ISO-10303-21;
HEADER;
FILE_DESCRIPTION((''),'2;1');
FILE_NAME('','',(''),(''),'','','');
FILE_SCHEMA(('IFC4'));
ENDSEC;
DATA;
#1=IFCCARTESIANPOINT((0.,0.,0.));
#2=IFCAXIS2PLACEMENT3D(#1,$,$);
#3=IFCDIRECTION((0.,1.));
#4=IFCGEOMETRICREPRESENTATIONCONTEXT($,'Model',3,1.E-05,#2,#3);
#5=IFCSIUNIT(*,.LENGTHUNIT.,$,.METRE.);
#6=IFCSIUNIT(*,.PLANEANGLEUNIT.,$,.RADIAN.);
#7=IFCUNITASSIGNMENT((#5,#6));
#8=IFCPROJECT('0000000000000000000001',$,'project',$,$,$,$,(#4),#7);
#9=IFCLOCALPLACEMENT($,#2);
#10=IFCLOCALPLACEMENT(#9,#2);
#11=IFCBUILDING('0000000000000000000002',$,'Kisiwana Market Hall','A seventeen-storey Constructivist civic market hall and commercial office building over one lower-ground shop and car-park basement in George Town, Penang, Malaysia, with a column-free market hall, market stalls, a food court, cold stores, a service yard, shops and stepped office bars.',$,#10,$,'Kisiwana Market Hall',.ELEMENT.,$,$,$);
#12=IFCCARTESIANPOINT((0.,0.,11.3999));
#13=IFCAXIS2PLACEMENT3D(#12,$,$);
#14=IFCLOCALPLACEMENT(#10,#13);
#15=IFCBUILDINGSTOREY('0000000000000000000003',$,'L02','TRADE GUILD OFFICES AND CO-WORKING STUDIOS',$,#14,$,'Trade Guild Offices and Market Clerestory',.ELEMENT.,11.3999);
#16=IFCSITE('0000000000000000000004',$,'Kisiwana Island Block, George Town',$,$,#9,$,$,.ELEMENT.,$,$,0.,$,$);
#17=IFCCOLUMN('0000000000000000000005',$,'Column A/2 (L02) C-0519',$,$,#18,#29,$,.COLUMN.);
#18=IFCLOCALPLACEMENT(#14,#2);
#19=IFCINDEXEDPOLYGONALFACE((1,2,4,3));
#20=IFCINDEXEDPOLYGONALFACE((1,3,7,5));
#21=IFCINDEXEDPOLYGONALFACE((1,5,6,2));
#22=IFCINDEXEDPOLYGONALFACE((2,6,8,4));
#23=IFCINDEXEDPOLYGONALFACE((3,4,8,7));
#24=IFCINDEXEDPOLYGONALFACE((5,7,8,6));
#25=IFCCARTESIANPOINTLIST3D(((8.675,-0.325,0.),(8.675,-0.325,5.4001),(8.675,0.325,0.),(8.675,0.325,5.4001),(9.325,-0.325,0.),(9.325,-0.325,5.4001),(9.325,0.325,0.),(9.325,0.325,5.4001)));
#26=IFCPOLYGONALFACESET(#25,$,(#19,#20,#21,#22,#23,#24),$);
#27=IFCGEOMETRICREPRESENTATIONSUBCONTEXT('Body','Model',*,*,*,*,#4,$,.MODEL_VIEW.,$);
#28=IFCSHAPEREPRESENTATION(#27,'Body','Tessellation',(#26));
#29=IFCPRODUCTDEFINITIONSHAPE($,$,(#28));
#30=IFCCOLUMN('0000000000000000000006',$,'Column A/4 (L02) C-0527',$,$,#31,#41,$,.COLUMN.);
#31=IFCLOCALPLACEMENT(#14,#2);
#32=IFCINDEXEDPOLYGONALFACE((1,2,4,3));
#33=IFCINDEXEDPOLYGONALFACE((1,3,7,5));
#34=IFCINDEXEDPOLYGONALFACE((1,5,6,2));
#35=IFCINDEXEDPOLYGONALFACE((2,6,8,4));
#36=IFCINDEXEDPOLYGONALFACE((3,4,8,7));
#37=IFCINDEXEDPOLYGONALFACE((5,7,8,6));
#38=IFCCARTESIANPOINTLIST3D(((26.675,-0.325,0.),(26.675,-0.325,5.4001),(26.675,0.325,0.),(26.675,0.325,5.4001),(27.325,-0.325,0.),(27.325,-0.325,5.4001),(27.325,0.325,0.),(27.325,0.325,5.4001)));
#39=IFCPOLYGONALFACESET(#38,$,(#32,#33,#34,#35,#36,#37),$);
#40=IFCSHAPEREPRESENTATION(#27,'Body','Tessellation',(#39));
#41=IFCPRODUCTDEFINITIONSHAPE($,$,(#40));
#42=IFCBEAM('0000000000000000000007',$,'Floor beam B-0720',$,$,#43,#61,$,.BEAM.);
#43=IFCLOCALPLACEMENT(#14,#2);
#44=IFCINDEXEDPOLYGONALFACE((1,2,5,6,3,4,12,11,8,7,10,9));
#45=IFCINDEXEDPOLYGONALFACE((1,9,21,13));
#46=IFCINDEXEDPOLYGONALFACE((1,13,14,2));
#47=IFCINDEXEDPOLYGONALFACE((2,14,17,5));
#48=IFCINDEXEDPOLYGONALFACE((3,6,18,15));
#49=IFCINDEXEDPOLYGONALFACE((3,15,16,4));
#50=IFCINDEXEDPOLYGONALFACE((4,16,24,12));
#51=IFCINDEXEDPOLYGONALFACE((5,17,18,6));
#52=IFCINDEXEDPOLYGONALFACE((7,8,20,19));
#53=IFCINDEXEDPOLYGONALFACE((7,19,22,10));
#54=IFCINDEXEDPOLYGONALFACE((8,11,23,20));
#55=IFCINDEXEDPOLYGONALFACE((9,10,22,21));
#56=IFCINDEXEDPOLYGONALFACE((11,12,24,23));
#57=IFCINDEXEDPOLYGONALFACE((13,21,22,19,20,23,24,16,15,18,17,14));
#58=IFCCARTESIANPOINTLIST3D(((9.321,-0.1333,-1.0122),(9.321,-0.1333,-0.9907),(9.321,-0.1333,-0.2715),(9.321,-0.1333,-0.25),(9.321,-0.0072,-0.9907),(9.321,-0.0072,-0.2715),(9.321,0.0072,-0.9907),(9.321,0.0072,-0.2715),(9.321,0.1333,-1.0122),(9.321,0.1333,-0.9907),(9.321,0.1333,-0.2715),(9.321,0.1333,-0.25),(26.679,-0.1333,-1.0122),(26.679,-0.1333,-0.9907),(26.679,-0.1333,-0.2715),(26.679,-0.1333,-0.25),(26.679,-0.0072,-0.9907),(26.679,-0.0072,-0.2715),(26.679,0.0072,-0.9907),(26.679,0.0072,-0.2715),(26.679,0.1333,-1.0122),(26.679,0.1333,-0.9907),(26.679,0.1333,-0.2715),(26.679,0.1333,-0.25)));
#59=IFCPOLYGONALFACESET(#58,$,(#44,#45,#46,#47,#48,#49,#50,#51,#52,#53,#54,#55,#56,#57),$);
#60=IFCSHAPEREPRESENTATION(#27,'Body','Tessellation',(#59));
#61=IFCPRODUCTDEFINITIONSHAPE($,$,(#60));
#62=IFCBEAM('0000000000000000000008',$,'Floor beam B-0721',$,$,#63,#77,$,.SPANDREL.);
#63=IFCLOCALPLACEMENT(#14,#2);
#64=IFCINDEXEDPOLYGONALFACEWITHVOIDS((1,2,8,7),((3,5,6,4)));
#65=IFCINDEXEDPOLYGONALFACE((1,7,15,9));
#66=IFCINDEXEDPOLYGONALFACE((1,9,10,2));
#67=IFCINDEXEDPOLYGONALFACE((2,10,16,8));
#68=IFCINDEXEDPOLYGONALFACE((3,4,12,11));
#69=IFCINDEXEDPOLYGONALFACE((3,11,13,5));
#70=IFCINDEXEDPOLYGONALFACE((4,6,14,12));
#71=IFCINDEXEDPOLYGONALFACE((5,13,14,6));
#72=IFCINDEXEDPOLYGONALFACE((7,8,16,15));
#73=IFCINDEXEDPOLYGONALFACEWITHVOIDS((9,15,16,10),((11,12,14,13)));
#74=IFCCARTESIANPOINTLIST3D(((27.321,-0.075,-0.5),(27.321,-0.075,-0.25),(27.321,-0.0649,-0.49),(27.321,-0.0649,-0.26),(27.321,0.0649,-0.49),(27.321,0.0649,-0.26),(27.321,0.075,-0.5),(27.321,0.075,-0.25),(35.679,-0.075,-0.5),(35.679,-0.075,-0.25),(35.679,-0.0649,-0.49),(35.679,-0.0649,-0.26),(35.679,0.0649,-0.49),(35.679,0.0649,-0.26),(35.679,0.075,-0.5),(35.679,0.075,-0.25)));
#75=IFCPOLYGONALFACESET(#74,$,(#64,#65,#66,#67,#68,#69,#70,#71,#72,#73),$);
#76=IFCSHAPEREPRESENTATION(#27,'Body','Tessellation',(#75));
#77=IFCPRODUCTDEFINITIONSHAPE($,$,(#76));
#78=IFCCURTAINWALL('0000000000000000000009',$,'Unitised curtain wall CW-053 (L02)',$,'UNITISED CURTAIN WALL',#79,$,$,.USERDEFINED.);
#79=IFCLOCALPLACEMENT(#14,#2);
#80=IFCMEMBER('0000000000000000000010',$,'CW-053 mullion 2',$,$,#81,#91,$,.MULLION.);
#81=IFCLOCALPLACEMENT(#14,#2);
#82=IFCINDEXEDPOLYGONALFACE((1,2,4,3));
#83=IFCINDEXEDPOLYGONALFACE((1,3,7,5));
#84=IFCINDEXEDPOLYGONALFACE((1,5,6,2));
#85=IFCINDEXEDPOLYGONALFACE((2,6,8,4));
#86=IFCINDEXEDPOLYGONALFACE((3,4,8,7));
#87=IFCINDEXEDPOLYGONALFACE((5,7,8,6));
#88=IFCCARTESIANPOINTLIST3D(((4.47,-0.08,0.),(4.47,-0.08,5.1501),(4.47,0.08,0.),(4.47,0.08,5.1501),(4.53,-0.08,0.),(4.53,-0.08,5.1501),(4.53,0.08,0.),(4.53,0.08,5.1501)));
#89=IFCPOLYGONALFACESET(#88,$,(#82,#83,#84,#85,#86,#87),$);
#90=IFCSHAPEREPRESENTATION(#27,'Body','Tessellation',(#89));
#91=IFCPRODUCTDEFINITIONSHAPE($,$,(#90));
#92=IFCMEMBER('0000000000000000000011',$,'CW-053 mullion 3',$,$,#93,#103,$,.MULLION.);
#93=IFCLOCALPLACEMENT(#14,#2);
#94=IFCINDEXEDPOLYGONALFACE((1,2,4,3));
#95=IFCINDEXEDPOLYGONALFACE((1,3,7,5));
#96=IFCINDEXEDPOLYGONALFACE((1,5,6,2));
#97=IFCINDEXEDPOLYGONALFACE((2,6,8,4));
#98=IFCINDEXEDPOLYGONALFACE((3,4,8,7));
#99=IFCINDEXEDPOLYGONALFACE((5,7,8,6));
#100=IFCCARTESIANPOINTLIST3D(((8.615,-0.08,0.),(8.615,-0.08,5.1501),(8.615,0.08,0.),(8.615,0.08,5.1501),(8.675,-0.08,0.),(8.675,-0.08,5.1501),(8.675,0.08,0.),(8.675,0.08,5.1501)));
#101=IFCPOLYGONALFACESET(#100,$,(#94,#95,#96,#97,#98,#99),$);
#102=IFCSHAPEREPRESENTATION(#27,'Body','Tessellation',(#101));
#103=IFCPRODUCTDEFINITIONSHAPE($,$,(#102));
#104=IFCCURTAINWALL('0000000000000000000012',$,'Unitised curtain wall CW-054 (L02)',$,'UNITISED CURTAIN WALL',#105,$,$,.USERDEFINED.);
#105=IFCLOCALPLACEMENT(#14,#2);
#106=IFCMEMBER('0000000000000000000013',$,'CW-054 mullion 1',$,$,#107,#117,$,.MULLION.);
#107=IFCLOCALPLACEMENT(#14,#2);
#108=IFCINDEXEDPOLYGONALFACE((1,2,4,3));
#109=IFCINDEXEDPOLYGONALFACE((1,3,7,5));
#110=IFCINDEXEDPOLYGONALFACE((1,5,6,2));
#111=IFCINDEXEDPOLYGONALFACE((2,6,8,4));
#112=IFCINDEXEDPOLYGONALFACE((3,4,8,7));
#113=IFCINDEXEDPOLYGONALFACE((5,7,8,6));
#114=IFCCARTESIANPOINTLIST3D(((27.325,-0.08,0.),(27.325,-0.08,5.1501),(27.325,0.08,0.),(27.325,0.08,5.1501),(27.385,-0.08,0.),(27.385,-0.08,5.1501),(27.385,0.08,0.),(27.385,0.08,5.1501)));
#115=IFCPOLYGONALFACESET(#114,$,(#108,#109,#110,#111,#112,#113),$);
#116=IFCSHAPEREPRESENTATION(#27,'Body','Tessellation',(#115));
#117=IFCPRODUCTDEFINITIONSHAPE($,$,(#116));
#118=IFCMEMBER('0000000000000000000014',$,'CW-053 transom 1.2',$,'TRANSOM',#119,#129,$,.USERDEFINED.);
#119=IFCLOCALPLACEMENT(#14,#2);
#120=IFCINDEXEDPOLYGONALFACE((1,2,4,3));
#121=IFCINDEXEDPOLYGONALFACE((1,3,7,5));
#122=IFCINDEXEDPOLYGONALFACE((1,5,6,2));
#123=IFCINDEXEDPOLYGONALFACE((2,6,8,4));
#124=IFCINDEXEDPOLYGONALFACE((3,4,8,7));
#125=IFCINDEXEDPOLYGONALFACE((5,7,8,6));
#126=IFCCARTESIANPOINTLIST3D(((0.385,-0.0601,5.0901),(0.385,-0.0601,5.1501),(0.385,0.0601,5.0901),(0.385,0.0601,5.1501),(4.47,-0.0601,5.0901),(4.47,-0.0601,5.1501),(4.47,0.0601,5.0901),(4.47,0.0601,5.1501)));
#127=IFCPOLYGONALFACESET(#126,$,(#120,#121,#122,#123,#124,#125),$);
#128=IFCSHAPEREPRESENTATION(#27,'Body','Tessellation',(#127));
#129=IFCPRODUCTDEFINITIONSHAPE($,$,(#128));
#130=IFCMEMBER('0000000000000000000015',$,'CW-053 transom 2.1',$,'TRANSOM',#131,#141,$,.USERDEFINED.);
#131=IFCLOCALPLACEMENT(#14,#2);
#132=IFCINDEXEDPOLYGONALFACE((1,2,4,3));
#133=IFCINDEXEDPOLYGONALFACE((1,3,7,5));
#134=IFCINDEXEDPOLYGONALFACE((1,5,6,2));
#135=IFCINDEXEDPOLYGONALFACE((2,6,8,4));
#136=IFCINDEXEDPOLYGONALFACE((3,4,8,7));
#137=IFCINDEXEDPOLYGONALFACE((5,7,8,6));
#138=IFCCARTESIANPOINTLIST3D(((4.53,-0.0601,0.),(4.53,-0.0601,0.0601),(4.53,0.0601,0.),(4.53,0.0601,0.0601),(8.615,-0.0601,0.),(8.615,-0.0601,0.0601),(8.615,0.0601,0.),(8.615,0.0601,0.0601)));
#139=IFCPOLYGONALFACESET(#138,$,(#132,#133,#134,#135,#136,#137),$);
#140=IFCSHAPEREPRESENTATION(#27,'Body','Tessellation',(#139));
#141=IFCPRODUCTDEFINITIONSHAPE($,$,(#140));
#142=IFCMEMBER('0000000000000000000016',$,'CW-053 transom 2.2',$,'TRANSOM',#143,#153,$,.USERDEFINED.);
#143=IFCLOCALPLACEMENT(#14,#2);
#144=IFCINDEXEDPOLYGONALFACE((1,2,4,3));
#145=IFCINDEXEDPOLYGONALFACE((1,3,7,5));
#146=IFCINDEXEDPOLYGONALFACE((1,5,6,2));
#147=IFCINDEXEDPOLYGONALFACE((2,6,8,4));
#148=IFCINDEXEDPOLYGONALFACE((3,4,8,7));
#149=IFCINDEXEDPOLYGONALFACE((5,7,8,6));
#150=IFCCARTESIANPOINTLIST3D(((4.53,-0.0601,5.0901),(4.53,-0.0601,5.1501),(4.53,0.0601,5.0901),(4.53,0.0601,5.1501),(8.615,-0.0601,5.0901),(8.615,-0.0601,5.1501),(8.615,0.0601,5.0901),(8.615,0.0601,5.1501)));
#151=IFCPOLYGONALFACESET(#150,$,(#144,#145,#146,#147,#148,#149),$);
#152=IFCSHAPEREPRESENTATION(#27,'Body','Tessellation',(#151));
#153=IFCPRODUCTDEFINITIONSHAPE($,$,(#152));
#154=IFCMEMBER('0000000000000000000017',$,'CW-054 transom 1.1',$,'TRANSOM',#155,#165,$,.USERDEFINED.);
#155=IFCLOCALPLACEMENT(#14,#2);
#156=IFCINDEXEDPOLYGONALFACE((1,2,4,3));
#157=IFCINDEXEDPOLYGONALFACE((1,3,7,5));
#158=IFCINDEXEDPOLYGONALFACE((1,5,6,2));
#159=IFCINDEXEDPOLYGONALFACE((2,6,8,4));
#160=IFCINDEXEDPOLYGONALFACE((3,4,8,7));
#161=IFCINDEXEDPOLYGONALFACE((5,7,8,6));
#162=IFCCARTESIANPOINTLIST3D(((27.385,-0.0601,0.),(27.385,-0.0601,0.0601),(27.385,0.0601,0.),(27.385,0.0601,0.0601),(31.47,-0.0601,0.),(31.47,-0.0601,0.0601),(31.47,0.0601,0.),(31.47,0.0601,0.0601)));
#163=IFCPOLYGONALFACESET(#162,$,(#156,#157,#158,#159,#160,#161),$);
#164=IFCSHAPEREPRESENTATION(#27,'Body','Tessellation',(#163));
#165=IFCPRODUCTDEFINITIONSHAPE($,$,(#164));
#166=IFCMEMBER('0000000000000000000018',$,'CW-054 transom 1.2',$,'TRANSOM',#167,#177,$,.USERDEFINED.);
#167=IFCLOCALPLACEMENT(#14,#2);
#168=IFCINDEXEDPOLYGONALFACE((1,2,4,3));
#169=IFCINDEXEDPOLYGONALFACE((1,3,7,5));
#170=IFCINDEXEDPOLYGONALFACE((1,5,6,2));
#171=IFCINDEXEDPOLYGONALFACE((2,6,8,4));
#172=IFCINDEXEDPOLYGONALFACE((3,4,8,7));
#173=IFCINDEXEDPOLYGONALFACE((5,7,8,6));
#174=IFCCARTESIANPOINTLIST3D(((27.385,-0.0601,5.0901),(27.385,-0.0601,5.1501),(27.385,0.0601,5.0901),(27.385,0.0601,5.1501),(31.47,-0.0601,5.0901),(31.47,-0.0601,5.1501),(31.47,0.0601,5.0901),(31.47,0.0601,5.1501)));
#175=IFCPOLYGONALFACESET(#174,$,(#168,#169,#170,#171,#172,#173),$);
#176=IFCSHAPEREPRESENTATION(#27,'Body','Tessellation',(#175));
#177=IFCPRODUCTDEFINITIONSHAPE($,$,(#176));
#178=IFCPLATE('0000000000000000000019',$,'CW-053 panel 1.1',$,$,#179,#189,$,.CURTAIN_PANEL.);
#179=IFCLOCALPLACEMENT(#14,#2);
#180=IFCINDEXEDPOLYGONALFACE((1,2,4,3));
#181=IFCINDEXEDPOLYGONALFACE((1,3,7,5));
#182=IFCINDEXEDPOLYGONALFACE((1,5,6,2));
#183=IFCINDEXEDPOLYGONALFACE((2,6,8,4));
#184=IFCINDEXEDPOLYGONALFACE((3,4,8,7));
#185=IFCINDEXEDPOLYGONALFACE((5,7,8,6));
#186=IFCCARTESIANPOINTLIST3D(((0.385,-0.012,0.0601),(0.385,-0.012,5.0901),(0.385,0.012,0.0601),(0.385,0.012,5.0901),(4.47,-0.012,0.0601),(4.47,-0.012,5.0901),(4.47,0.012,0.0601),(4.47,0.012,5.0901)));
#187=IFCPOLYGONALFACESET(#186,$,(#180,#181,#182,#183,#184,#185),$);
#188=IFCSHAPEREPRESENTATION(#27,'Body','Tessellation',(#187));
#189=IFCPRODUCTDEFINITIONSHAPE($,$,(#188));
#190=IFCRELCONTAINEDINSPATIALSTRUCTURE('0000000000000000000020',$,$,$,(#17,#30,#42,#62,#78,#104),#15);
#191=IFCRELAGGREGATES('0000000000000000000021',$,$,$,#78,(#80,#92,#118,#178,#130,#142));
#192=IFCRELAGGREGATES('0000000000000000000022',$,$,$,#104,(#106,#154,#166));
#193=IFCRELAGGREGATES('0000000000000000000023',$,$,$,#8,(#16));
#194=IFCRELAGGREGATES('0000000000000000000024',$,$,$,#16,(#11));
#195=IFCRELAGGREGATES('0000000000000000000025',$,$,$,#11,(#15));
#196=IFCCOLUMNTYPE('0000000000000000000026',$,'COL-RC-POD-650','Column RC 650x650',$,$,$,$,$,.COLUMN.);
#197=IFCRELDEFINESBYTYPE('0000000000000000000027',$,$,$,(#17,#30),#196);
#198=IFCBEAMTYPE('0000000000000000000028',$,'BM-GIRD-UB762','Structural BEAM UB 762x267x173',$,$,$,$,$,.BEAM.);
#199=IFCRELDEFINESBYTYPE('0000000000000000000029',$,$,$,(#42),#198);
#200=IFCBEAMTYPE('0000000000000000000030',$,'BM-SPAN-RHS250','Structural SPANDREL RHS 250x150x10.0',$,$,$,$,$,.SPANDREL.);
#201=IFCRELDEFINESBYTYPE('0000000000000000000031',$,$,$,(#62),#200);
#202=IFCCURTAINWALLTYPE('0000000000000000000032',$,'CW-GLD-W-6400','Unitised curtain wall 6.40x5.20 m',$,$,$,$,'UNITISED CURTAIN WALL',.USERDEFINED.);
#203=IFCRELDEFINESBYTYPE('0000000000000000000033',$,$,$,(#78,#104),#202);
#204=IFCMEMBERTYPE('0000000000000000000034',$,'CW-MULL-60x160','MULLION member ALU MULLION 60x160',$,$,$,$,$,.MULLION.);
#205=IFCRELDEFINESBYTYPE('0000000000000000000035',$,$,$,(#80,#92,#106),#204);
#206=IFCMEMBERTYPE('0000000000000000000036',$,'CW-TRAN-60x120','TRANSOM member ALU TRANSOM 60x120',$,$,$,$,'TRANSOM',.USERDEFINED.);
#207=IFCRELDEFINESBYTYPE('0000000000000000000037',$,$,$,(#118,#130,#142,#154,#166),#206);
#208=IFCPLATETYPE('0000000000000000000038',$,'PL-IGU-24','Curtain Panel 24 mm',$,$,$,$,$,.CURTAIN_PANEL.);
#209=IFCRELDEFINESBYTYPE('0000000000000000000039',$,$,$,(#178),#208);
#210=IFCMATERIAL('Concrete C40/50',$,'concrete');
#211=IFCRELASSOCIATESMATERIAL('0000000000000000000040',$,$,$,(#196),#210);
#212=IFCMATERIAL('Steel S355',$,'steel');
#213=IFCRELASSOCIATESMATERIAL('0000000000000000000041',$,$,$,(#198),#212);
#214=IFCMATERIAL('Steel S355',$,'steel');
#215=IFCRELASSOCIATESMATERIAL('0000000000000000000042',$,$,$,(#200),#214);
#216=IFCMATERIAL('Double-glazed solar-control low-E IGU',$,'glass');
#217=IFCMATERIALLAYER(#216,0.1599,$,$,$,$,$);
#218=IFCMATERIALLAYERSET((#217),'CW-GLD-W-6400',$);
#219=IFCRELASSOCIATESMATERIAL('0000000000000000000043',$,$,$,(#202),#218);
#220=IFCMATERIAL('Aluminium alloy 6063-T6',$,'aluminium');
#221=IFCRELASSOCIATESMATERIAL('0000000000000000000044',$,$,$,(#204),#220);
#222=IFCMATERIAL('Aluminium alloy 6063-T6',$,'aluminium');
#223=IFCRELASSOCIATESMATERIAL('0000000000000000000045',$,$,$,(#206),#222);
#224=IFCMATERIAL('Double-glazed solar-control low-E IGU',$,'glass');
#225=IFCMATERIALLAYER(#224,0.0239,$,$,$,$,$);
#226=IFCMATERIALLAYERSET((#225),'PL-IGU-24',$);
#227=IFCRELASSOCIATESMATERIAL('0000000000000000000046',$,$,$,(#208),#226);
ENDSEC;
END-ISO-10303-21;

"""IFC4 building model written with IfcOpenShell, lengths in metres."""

from ifc_helpers import new_model, si_unit, direction, frame, origin, origin_2d, place, context, subcontext, project, spatial, rectangle, hollow_rectangle, i_section, extrude, material, layer, layer_set, material_profile, profile_set, type_object, element, aggregate, save


model = new_model("IFC4")

# Units and contexts
model_context = context("Model", 3, precision=1e-05, world=origin(), true_north=direction((0.0, 1.0)))
body_context = subcontext(model_context, "Body", "Model", "MODEL_VIEW")
ifc_project = project(units=[si_unit("LENGTHUNIT", "METRE"), si_unit("PLANEANGLEUNIT", "RADIAN")], contexts=[model_context])

# Site, building, storey
site_placement = place(None, origin())
site = spatial("IfcSite", under=ifc_project, at=site_placement, Name="Kisiwana Island Block, George Town", CompositionType="ELEMENT", RefElevation=0.0)
building_placement = place(site_placement, origin())
building = spatial("IfcBuilding", under=site, at=building_placement, Name="Kisiwana Market Hall", Description="A seventeen-storey Constructivist civic market hall and commercial office building over one lower-ground shop and car-park basement in George Town, Penang, Malaysia, with a column-free market hall, market stalls, a food court, cold stores, a service yard, shops and stepped office bars.", LongName="Kisiwana Market Hall", CompositionType="ELEMENT")
storey_placement = place(building_placement, frame((0.0, 0.0, 11.3999)))
storey = spatial("IfcBuildingStorey", under=building, at=storey_placement, Name="L02", Description="TRADE GUILD OFFICES AND CO-WORKING STUDIOS", LongName="Trade Guild Offices and Market Clerestory", CompositionType="ELEMENT", Elevation=11.3999)

# Columns
ifc_material_1 = material(Name="Concrete C40/50", Category="concrete")
ifc_material_profile_1 = material_profile(ifc_material_1, rectangle(XDim=0.6499, YDim=0.6499, at=origin_2d()), Name="RC 650x650")
ifc_profile_set_1 = profile_set([ifc_material_profile_1], Name="Concrete C40/50")
column_type = type_object("IfcColumnType", Name="COL-RC-POD-650", Description="Column RC 650x650", PredefinedType="COLUMN", material=ifc_profile_set_1)
for number, where, z_axis, x_axis, name in (
    (1, (9.0, 0.0, 0.0), (0.0, 0.0, 1.0), (1.0, 0.0, 0.0), "Column A/2 (L02) C-0519"),
    (2, (27.0, 0.0, 0.0), (0.0, 0.0, 1.0), (1.0, 0.0, 0.0), "Column A/4 (L02) C-0527"),
):
    element("IfcColumn", number, at=place(storey_placement, frame(where, z_axis=z_axis, x_axis=x_axis)), inside=storey, type_object=column_type, Name=name, PredefinedType="COLUMN", context=body_context, shape_type="SweptSolid", body=[
        extrude(rectangle(XDim=0.6499, YDim=0.6499, at=origin_2d()), origin(), (0.0, 0.0, 1.0), 5.4001),
    ])

# Beams
ifc_material_2 = material(Name="Steel S355", Category="steel")
ifc_material_profile_2 = material_profile(ifc_material_2, i_section(OverallWidth=0.2666, OverallDepth=0.7622, WebThickness=0.0144, FlangeThickness=0.0215, at=origin_2d()), Name="UB 762x267x173")
ifc_profile_set_2 = profile_set([ifc_material_profile_2], Name="Steel S355")
beam_type_1 = type_object("IfcBeamType", Name="BM-GIRD-UB762", Description="Structural BEAM UB 762x267x173", PredefinedType="BEAM", material=ifc_profile_set_2)
beam_1_placement = place(storey_placement, frame((9.321, 0.0, -0.6311), z_axis=(1.0, 0.0, 0.0), x_axis=(0.0, 1.0, 0.0)))
element("IfcBeam", 3, at=beam_1_placement, inside=storey, type_object=beam_type_1, Name="Floor beam B-0720", PredefinedType="BEAM", context=body_context, shape_type="SweptSolid", body=[
    extrude(i_section(OverallWidth=0.2666, OverallDepth=0.7622, WebThickness=0.0144, FlangeThickness=0.0215, at=origin_2d()), origin(), (0.0, 0.0, 1.0), 17.3579),
])
ifc_material_3 = material(Name="Steel S355", Category="steel")
ifc_material_profile_3 = material_profile(ifc_material_3, hollow_rectangle(XDim=0.1499, YDim=0.25, WallThickness=0.01, at=origin_2d()), Name="RHS 250x150x10.0")
ifc_profile_set_3 = profile_set([ifc_material_profile_3], Name="Steel S355")
beam_type_2 = type_object("IfcBeamType", Name="BM-SPAN-RHS250", Description="Structural SPANDREL RHS 250x150x10.0", PredefinedType="SPANDREL", material=ifc_profile_set_3)
beam_2_placement = place(storey_placement, frame((27.321, 0.0, -0.375), z_axis=(1.0, 0.0, 0.0), x_axis=(0.0, 1.0, 0.0)))
element("IfcBeam", 4, at=beam_2_placement, inside=storey, type_object=beam_type_2, Name="Floor beam B-0721", PredefinedType="SPANDREL", context=body_context, shape_type="SweptSolid", body=[
    extrude(hollow_rectangle(XDim=0.1499, YDim=0.25, WallThickness=0.01, at=origin_2d()), origin(), (0.0, 0.0, 1.0), 8.3579),
])

# Curtain wall, members
ifc_material_4 = material(Name="Double-glazed solar-control low-E IGU", Category="glass")
ifc_layer_1 = layer(ifc_material_4, 0.1599)
ifc_layer_set_1 = layer_set([ifc_layer_1], Name="CW-GLD-W-6400")
curtain_wall_type = type_object("IfcCurtainWallType", Name="CW-GLD-W-6400", Description="Unitised curtain wall 6.40x5.20 m", ElementType="UNITISED CURTAIN WALL", PredefinedType="USERDEFINED", material=ifc_layer_set_1)
curtain_wall_1_placement = place(storey_placement, origin())
curtain_wall_1 = element("IfcCurtainWall", 5, at=curtain_wall_1_placement, inside=storey, type_object=curtain_wall_type, Name="Unitised curtain wall CW-053 (L02)", ObjectType="UNITISED CURTAIN WALL", PredefinedType="USERDEFINED")
ifc_material_5 = material(Name="Aluminium alloy 6063-T6", Category="aluminium")
ifc_material_profile_4 = material_profile(ifc_material_5, rectangle(XDim=0.0601, YDim=0.1599, at=origin_2d()), Name="ALU MULLION 60x160")
ifc_profile_set_4 = profile_set([ifc_material_profile_4], Name="Aluminium alloy 6063-T6")
member_type_1 = type_object("IfcMemberType", Name="CW-MULL-60x160", Description="MULLION member ALU MULLION 60x160", PredefinedType="MULLION", material=ifc_profile_set_4)
member_1_placement = place(storey_placement, frame((4.5, 0.0, 0.0), z_axis=(0.0, 0.0, 1.0), x_axis=(1.0, 0.0, 0.0)))
member_1 = element("IfcMember", 6, at=member_1_placement, type_object=member_type_1, Name="CW-053 mullion 2", PredefinedType="MULLION", context=body_context, shape_type="SweptSolid", body=[
    extrude(rectangle(XDim=0.0601, YDim=0.1599, at=origin_2d()), origin(), (0.0, 0.0, 1.0), 5.1501),
])
member_2_placement = place(storey_placement, frame((8.645, 0.0, 0.0), z_axis=(0.0, 0.0, 1.0), x_axis=(1.0, 0.0, 0.0)))
member_2 = element("IfcMember", 7, at=member_2_placement, type_object=member_type_1, Name="CW-053 mullion 3", PredefinedType="MULLION", context=body_context, shape_type="SweptSolid", body=[
    extrude(rectangle(XDim=0.0601, YDim=0.1599, at=origin_2d()), origin(), (0.0, 0.0, 1.0), 5.1501),
])

# Curtain wall, member
curtain_wall_2_placement = place(storey_placement, origin())
curtain_wall_2 = element("IfcCurtainWall", 8, at=curtain_wall_2_placement, inside=storey, type_object=curtain_wall_type, Name="Unitised curtain wall CW-054 (L02)", ObjectType="UNITISED CURTAIN WALL", PredefinedType="USERDEFINED")
member_3_placement = place(storey_placement, frame((27.355, 0.0, 0.0), z_axis=(0.0, 0.0, 1.0), x_axis=(1.0, 0.0, 0.0)))
member_3 = element("IfcMember", 9, at=member_3_placement, type_object=member_type_1, Name="CW-054 mullion 1", PredefinedType="MULLION", context=body_context, shape_type="SweptSolid", body=[
    extrude(rectangle(XDim=0.0601, YDim=0.1599, at=origin_2d()), origin(), (0.0, 0.0, 1.0), 5.1501),
])

# Members
ifc_material_6 = material(Name="Aluminium alloy 6063-T6", Category="aluminium")
ifc_material_profile_5 = material_profile(ifc_material_6, rectangle(XDim=0.1201, YDim=0.0601, at=origin_2d()), Name="ALU TRANSOM 60x120")
ifc_profile_set_5 = profile_set([ifc_material_profile_5], Name="Aluminium alloy 6063-T6")
member_type_2 = type_object("IfcMemberType", Name="CW-TRAN-60x120", Description="TRANSOM member ALU TRANSOM 60x120", ElementType="TRANSOM", PredefinedType="USERDEFINED", material=ifc_profile_set_5)
member_4_placement = place(storey_placement, frame((0.385, 0.0, 5.1201), z_axis=(1.0, 0.0, 0.0), x_axis=(0.0, 1.0, 0.0)))
member_4 = element("IfcMember", 10, at=member_4_placement, type_object=member_type_2, Name="CW-053 transom 1.2", ObjectType="TRANSOM", PredefinedType="USERDEFINED", context=body_context, shape_type="SweptSolid", body=[
    extrude(rectangle(XDim=0.1201, YDim=0.0601, at=origin_2d()), origin(), (0.0, 0.0, 1.0), 4.085),
])
member_5_placement = place(storey_placement, frame((4.53, 0.0, 0.03), z_axis=(1.0, 0.0, 0.0), x_axis=(0.0, 1.0, 0.0)))
member_5 = element("IfcMember", 11, at=member_5_placement, type_object=member_type_2, Name="CW-053 transom 2.1", ObjectType="TRANSOM", PredefinedType="USERDEFINED", context=body_context, shape_type="SweptSolid", body=[
    extrude(rectangle(XDim=0.1201, YDim=0.0601, at=origin_2d()), origin(), (0.0, 0.0, 1.0), 4.085),
])
member_6_placement = place(storey_placement, frame((4.53, 0.0, 5.1201), z_axis=(1.0, 0.0, 0.0), x_axis=(0.0, 1.0, 0.0)))
member_6 = element("IfcMember", 12, at=member_6_placement, type_object=member_type_2, Name="CW-053 transom 2.2", ObjectType="TRANSOM", PredefinedType="USERDEFINED", context=body_context, shape_type="SweptSolid", body=[
    extrude(rectangle(XDim=0.1201, YDim=0.0601, at=origin_2d()), origin(), (0.0, 0.0, 1.0), 4.085),
])
member_7_placement = place(storey_placement, frame((27.385, 0.0, 0.03), z_axis=(1.0, 0.0, 0.0), x_axis=(0.0, 1.0, 0.0)))
member_7 = element("IfcMember", 13, at=member_7_placement, type_object=member_type_2, Name="CW-054 transom 1.1", ObjectType="TRANSOM", PredefinedType="USERDEFINED", context=body_context, shape_type="SweptSolid", body=[
    extrude(rectangle(XDim=0.1201, YDim=0.0601, at=origin_2d()), origin(), (0.0, 0.0, 1.0), 4.085),
])
member_8_placement = place(storey_placement, frame((27.385, 0.0, 5.1201), z_axis=(1.0, 0.0, 0.0), x_axis=(0.0, 1.0, 0.0)))
member_8 = element("IfcMember", 14, at=member_8_placement, type_object=member_type_2, Name="CW-054 transom 1.2", ObjectType="TRANSOM", PredefinedType="USERDEFINED", context=body_context, shape_type="SweptSolid", body=[
    extrude(rectangle(XDim=0.1201, YDim=0.0601, at=origin_2d()), origin(), (0.0, 0.0, 1.0), 4.085),
])

# Plate
ifc_material_7 = material(Name="Double-glazed solar-control low-E IGU", Category="glass")
ifc_layer_2 = layer(ifc_material_7, 0.0239)
ifc_layer_set_2 = layer_set([ifc_layer_2], Name="PL-IGU-24")
plate_type_1 = type_object("IfcPlateType", Name="PL-IGU-24", Description="Curtain Panel 24 mm", PredefinedType="CURTAIN_PANEL", material=ifc_layer_set_2)
plate_1_placement = place(storey_placement, frame((2.4275, 0.0, 0.0601), z_axis=(0.0, 0.0, 1.0), x_axis=(1.0, 0.0, 0.0)))
plate_1 = element("IfcPlate", 15, at=plate_1_placement, type_object=plate_type_1, Name="CW-053 panel 1.1", PredefinedType="CURTAIN_PANEL", context=body_context, shape_type="SweptSolid", body=[
    extrude(rectangle(XDim=4.085, YDim=0.0239, at=origin_2d()), origin(), (0.0, 0.0, 1.0), 5.03),
])
aggregate(curtain_wall_1, [member_1, member_2, member_4, plate_1, member_5, member_6])
aggregate(curtain_wall_2, [member_3, member_7, member_8])

save(model, "model.ifc")
